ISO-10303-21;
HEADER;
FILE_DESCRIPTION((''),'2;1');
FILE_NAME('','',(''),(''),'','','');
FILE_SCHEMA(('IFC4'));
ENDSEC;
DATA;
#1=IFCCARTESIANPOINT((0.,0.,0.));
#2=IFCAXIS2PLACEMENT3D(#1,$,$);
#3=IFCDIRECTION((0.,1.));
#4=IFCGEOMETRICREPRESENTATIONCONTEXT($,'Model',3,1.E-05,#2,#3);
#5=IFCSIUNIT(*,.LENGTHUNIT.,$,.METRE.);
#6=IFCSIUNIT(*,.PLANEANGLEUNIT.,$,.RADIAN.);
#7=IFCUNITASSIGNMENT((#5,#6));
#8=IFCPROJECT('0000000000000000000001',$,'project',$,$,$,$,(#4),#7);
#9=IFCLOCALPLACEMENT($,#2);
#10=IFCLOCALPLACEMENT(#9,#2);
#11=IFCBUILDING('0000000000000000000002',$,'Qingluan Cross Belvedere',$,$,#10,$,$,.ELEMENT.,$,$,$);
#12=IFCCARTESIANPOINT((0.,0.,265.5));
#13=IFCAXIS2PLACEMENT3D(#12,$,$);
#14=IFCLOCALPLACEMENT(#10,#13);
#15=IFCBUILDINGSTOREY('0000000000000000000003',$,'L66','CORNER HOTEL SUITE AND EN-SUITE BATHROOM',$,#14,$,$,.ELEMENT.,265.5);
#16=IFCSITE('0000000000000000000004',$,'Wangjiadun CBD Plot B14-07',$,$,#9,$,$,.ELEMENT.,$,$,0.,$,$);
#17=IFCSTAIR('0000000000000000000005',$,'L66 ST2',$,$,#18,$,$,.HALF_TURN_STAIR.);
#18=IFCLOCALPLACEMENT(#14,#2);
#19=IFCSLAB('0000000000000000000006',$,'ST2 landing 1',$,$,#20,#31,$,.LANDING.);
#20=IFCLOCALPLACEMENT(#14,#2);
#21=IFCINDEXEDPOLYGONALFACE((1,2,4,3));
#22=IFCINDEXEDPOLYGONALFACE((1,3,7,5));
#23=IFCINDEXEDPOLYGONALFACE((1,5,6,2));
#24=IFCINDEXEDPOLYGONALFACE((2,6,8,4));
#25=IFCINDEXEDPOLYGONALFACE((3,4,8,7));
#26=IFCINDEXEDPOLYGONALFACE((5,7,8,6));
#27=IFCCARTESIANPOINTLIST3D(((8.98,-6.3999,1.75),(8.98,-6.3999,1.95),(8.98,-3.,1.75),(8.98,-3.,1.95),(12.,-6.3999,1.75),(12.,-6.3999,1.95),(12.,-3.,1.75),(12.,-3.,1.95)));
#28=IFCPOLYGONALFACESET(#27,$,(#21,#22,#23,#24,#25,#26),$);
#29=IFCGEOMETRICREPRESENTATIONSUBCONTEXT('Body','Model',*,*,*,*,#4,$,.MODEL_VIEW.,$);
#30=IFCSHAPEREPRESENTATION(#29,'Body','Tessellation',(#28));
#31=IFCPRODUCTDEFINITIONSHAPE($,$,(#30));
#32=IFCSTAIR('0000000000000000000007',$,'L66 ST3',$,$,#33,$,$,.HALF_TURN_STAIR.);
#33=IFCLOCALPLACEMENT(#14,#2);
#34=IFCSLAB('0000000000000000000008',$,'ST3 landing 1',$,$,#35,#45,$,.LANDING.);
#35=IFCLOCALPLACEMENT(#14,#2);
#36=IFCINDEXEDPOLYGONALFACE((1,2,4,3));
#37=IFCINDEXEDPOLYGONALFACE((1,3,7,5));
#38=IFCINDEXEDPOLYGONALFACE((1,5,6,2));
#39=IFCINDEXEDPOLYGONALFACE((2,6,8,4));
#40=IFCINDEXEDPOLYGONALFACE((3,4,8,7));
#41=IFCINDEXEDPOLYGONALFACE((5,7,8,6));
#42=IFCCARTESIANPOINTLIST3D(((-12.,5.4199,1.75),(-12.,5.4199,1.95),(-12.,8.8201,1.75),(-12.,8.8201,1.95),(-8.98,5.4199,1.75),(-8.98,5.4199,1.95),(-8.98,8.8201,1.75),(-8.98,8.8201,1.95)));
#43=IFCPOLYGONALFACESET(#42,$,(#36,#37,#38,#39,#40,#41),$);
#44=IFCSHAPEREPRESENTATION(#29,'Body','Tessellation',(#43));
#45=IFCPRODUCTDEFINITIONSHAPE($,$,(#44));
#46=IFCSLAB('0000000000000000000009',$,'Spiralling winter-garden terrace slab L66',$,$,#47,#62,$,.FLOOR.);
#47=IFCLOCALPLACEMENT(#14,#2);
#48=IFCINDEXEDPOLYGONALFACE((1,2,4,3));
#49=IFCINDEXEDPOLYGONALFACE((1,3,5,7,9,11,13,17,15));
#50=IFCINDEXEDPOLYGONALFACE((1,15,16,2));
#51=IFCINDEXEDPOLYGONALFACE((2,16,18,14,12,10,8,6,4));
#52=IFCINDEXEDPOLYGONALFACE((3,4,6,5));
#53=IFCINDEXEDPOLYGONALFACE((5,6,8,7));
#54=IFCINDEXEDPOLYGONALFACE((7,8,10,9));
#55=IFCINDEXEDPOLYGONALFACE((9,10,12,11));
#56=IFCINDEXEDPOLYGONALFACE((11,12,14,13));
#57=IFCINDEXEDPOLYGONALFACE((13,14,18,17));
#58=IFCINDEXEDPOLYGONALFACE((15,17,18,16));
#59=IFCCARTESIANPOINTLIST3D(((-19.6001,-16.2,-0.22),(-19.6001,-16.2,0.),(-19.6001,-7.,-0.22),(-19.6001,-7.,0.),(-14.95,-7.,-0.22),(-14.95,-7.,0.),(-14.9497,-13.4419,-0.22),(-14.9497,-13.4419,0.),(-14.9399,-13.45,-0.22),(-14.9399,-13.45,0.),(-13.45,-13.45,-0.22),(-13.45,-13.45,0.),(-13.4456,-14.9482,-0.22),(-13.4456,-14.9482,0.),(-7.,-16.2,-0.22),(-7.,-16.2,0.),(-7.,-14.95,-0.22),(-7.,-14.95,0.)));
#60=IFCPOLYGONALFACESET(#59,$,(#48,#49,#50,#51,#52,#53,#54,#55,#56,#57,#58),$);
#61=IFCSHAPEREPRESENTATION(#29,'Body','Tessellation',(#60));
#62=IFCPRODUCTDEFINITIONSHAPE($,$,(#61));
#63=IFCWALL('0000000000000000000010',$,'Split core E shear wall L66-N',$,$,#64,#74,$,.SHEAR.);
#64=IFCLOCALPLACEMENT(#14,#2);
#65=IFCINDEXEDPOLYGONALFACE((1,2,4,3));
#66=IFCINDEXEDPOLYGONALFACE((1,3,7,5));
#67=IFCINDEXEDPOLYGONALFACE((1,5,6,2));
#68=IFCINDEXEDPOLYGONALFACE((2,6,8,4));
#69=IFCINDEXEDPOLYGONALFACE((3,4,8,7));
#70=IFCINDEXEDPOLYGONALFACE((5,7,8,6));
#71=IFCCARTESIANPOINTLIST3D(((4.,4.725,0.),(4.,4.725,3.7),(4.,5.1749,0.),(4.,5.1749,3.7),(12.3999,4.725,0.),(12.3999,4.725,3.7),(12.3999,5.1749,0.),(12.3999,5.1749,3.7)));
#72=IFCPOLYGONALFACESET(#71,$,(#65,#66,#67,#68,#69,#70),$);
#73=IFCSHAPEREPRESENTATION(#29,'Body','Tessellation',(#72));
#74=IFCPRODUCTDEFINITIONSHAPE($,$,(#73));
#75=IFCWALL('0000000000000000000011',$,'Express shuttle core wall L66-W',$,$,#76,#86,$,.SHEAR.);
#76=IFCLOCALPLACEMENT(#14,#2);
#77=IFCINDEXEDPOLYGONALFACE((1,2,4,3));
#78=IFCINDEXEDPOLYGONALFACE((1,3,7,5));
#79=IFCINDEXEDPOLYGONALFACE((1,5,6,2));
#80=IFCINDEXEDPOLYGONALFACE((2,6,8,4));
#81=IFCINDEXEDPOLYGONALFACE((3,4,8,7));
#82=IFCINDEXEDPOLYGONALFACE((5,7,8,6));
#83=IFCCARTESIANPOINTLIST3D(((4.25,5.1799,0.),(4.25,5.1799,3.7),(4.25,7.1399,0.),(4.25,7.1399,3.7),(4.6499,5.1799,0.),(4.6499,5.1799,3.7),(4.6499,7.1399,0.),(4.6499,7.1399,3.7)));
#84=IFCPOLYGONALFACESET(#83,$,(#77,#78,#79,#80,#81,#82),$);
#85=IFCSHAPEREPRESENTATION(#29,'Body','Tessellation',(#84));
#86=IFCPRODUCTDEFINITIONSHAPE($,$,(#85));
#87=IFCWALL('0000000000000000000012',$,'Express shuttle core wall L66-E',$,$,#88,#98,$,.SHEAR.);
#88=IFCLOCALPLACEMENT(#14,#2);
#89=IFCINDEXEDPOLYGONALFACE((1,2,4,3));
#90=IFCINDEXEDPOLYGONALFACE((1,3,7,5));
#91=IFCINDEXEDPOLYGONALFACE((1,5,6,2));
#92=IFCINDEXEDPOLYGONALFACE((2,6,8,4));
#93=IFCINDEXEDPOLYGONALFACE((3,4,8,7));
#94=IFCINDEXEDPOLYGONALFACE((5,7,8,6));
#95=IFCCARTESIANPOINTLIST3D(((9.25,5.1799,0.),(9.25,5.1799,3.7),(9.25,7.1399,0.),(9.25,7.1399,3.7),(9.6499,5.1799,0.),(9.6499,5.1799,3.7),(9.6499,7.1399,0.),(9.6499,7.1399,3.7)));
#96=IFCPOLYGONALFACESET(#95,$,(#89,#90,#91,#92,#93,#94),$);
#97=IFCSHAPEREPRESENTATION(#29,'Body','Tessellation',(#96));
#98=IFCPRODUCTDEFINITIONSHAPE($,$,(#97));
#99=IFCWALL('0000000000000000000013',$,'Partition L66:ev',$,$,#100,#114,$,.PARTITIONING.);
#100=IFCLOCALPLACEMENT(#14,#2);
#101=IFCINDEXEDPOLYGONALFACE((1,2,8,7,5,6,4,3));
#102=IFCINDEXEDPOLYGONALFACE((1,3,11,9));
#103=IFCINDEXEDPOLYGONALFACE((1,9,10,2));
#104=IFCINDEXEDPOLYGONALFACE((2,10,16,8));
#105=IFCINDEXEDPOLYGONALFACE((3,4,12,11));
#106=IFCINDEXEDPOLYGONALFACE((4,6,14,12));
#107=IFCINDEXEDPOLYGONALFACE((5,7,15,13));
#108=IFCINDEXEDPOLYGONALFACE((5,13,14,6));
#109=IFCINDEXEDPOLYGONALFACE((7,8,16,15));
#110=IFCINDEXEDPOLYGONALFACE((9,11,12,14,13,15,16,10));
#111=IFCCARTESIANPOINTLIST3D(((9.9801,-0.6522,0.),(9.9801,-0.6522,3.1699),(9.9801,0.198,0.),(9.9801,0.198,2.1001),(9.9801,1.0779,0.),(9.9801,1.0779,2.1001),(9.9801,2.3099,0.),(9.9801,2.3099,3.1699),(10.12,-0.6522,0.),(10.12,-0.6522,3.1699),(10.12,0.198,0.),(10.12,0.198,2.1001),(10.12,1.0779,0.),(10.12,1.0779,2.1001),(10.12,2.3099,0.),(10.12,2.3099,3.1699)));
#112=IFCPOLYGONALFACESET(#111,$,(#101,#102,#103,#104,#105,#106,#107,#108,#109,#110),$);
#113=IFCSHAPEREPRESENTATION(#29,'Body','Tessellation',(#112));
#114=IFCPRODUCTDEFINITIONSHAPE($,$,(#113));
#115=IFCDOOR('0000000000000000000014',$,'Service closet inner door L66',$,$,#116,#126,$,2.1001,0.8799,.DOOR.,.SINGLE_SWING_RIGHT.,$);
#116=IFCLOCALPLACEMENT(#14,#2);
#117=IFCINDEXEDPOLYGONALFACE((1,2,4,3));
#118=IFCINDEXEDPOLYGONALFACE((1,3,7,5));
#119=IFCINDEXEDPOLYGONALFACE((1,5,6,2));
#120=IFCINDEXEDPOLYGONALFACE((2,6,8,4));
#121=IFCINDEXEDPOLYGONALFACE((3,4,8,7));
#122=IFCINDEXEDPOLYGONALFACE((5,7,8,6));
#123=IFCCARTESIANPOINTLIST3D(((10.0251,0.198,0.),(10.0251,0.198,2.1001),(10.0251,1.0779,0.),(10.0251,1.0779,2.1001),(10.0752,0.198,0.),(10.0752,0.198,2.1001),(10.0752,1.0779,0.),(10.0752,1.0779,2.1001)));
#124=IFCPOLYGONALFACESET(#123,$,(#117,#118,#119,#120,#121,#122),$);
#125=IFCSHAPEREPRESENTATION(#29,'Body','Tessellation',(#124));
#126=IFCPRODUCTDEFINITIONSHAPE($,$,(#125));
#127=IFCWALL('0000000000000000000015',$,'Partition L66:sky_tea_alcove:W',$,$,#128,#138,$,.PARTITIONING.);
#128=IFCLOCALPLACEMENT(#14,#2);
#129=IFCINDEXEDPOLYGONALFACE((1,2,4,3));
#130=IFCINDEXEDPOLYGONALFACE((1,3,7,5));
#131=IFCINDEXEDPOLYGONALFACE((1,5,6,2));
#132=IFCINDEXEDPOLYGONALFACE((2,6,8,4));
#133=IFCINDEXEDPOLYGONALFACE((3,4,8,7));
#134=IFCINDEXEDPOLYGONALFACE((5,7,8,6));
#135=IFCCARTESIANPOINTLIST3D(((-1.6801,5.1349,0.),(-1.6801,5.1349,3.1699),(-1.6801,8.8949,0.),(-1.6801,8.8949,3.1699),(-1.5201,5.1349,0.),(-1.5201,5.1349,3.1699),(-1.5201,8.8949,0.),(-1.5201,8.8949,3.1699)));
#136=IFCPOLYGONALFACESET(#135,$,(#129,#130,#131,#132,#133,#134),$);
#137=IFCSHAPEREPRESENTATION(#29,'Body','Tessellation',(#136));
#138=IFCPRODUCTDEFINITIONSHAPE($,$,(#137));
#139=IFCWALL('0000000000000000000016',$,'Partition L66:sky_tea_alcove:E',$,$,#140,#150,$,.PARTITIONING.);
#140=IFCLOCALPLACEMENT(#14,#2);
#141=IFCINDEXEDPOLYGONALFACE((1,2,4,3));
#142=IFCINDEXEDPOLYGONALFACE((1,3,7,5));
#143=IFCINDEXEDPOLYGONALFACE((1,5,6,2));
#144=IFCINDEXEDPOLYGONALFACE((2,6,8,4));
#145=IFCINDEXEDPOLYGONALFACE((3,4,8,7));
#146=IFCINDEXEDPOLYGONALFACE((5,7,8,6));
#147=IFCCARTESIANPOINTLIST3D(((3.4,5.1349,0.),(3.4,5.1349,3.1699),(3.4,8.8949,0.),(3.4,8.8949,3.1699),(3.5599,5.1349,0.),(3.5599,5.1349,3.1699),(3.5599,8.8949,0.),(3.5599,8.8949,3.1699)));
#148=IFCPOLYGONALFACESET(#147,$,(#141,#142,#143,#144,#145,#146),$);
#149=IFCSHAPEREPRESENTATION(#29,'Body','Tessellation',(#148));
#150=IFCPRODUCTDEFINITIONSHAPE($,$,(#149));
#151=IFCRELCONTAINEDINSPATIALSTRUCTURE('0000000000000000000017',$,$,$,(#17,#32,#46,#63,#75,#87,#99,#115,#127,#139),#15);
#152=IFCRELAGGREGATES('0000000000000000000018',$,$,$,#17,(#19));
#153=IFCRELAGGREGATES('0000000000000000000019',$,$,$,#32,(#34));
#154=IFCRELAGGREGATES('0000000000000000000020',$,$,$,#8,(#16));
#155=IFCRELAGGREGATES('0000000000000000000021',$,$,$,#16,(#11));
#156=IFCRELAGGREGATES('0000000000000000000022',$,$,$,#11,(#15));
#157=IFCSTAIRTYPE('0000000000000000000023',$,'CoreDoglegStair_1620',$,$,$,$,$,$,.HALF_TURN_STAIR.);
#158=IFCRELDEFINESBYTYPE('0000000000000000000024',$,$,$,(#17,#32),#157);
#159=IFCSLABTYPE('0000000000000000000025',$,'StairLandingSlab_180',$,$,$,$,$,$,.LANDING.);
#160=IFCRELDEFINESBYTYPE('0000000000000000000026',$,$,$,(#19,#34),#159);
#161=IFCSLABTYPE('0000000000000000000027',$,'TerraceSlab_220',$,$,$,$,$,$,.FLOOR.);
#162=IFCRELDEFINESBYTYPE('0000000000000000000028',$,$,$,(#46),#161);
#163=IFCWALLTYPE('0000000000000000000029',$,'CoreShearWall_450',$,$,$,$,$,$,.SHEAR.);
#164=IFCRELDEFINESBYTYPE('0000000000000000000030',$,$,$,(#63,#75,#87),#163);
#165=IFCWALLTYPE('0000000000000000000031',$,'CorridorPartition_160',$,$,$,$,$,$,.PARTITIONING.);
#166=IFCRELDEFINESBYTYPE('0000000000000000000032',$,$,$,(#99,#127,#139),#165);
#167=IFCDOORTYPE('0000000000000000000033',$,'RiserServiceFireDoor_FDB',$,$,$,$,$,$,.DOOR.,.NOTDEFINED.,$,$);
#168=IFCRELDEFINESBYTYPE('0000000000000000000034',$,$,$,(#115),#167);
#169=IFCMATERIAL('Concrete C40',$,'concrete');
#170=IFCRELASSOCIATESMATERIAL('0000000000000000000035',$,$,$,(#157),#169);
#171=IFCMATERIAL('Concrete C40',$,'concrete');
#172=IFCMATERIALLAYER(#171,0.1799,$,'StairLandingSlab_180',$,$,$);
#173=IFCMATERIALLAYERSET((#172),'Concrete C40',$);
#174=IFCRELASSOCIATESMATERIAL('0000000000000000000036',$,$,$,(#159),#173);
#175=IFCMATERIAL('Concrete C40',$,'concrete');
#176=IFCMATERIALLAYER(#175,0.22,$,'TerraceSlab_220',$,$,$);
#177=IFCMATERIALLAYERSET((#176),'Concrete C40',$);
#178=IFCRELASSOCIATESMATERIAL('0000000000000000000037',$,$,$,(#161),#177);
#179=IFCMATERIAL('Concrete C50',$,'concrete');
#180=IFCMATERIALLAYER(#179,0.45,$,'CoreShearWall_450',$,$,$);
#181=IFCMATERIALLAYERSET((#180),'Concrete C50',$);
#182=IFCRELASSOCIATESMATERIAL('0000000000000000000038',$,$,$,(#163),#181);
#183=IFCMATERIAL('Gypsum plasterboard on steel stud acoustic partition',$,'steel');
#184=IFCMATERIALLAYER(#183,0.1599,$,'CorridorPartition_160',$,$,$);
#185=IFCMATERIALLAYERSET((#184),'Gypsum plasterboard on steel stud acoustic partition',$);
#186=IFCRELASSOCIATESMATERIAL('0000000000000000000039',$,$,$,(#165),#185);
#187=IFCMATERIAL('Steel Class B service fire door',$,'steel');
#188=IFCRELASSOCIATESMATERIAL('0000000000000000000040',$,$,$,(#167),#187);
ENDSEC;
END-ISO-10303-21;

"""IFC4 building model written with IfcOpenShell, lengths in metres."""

from ifc_helpers import new_model, si_unit, direction, frame, frame_2d, origin, place, context, subcontext, project, spatial, polyline, rectangle, outline, extrude, material, layer, layer_set, type_object, element, fill, aggregate, save


model = new_model("IFC4")

# Units and contexts
model_context = context("Model", 3, precision=1e-05, world=origin(), true_north=direction((0.0, 1.0)))
body_context = subcontext(model_context, "Body", "Model", "MODEL_VIEW")
ifc_project = project(units=[si_unit("LENGTHUNIT", "METRE"), si_unit("PLANEANGLEUNIT", "RADIAN")], contexts=[model_context])

# Site, building, storey
site_placement = place(None, origin())
site = spatial("IfcSite", under=ifc_project, at=site_placement, Name="Wangjiadun CBD Plot B14-07", CompositionType="ELEMENT", RefElevation=0.0)
building_placement = place(site_placement, origin())
building = spatial("IfcBuilding", under=site, at=building_placement, Name="Qingluan Cross Belvedere", CompositionType="ELEMENT")
storey_placement = place(building_placement, frame((0.0, 0.0, 265.5)))
storey = spatial("IfcBuildingStorey", under=building, at=storey_placement, Name="L66", Description="CORNER HOTEL SUITE AND EN-SUITE BATHROOM", CompositionType="ELEMENT", Elevation=265.5)

# Stairs, slabs
ifc_material_1 = material(Name="Concrete C40", Category="concrete")
stair_type = type_object("IfcStairType", Name="CoreDoglegStair_1620", PredefinedType="HALF_TURN_STAIR", material=ifc_material_1)
ifc_material_2 = material(Name="Concrete C40", Category="concrete")
ifc_layer_1 = layer(ifc_material_2, 0.1799, Name="StairLandingSlab_180")
ifc_layer_set_1 = layer_set([ifc_layer_1], Name="Concrete C40")
slab_type_1 = type_object("IfcSlabType", Name="StairLandingSlab_180", PredefinedType="LANDING", material=ifc_layer_set_1)
stair_1_placement = place(storey_placement, origin())
stair_1 = element("IfcStair", 1, at=stair_1_placement, inside=storey, type_object=stair_type, Name="L66 ST2", PredefinedType="HALF_TURN_STAIR")
slab_1_placement = place(storey_placement, frame((0.0, 0.0, 1.75)))
slab_1 = element("IfcSlab", 2, at=slab_1_placement, type_object=slab_type_1, Name="ST2 landing 1", PredefinedType="LANDING", context=body_context, shape_type="SweptSolid", body=[
    extrude(outline(polyline([(8.98, -6.3999), (12.0, -6.3999), (12.0, -3.0), (8.98, -3.0), (8.98, -6.3999)])), origin(), (0.0, 0.0, 1.0), 0.2),
])
aggregate(stair_1, [slab_1])
stair_2_placement = place(storey_placement, origin())
stair_2 = element("IfcStair", 3, at=stair_2_placement, inside=storey, type_object=stair_type, Name="L66 ST3", PredefinedType="HALF_TURN_STAIR")
slab_2_placement = place(storey_placement, frame((0.0, 0.0, 1.75)))
slab_2 = element("IfcSlab", 4, at=slab_2_placement, type_object=slab_type_1, Name="ST3 landing 1", PredefinedType="LANDING", context=body_context, shape_type="SweptSolid", body=[
    extrude(outline(polyline([(-8.98, 8.8201), (-12.0, 8.8201), (-12.0, 5.4199), (-8.98, 5.4199), (-8.98, 8.8201)])), origin(), (0.0, 0.0, 1.0), 0.2),
])
aggregate(stair_2, [slab_2])

# Slab
ifc_material_3 = material(Name="Concrete C40", Category="concrete")
ifc_layer_2 = layer(ifc_material_3, 0.22, Name="TerraceSlab_220")
ifc_layer_set_2 = layer_set([ifc_layer_2], Name="Concrete C40")
slab_type_2 = type_object("IfcSlabType", Name="TerraceSlab_220", PredefinedType="FLOOR", material=ifc_layer_set_2)
slab_3_placement = place(storey_placement, frame((0.0, 0.0, -0.22)))
element("IfcSlab", 5, at=slab_3_placement, inside=storey, type_object=slab_type_2, Name="Spiralling winter-garden terrace slab L66", PredefinedType="FLOOR", context=body_context, shape_type="SweptSolid", body=[
    extrude(outline(polyline([(-7.0, -14.95), (-13.4456, -14.9482), (-13.45, -13.45), (-14.9399, -13.45), (-14.9497, -13.4419), (-14.95, -7.0), (-19.6001, -7.0), (-19.6001, -16.2), (-7.0, -16.2), (-7.0, -14.95)])), origin(), (0.0, 0.0, 1.0), 0.22),
])

# Walls
ifc_material_4 = material(Name="Concrete C50", Category="concrete")
ifc_layer_3 = layer(ifc_material_4, 0.45, Name="CoreShearWall_450")
ifc_layer_set_3 = layer_set([ifc_layer_3], Name="Concrete C50")
wall_type_1 = type_object("IfcWallType", Name="CoreShearWall_450", PredefinedType="SHEAR", material=ifc_layer_set_3)
wall_1_placement = place(storey_placement, frame((4.0, 4.95, 0.0), z_axis=(0.0, 0.0, 1.0), x_axis=(1.0, 0.0, 0.0)))
element("IfcWall", 6, at=wall_1_placement, inside=storey, type_object=wall_type_1, Name="Split core E shear wall L66-N", PredefinedType="SHEAR", context=body_context, shape_type="SweptSolid", body=[
    extrude(rectangle(XDim=8.3999, YDim=0.45, at=frame_2d((4.2, 0.0))), origin(), (0.0, 0.0, 1.0), 3.7),
])
for number, where, z_axis, x_axis, name in (
    (7, (4.45, 5.1799, 0.0), (0.0, 0.0, 1.0), (0.0, 1.0, 0.0), "Express shuttle core wall L66-W"),
    (8, (9.45, 5.1799, 0.0), (0.0, 0.0, 1.0), (0.0, 1.0, 0.0), "Express shuttle core wall L66-E"),
):
    element("IfcWall", number, at=place(storey_placement, frame(where, z_axis=z_axis, x_axis=x_axis)), inside=storey, type_object=wall_type_1, Name=name, PredefinedType="SHEAR", context=body_context, shape_type="SweptSolid", body=[
        extrude(rectangle(XDim=1.96, YDim=0.3999, at=frame_2d((0.98, 0.0))), origin(), (0.0, 0.0, 1.0), 3.7),
    ])

# Wall, opening, door
ifc_material_5 = material(Name="Gypsum plasterboard on steel stud acoustic partition", Category="steel")
ifc_layer_4 = layer(ifc_material_5, 0.1599, Name="CorridorPartition_160")
ifc_layer_set_4 = layer_set([ifc_layer_4], Name="Gypsum plasterboard on steel stud acoustic partition")
wall_type_2 = type_object("IfcWallType", Name="CorridorPartition_160", PredefinedType="PARTITIONING", material=ifc_layer_set_4)
wall_2_placement = place(storey_placement, frame((10.05, -0.6521, 0.0), z_axis=(0.0, 0.0, 1.0), x_axis=(0.0, 1.0, 0.0)))
wall_2 = element("IfcWall", 9, at=wall_2_placement, inside=storey, type_object=wall_type_2, Name="Partition L66:ev", PredefinedType="PARTITIONING", context=body_context, shape_type="SweptSolid", body=[
    extrude(rectangle(XDim=2.9622, YDim=0.1399, at=frame_2d((1.481, 0.0))), origin(), (0.0, 0.0, 1.0), 3.1699),
])
opening_1_placement = place(wall_2_placement, frame((0.8501, 0.0, 0.0)))
opening_1 = element("IfcOpeningElement", 10, at=opening_1_placement, cuts=wall_2, PredefinedType="OPENING", context=body_context, shape_type="SweptSolid", body=[
    extrude(rectangle(XDim=0.8799, YDim=2.1001, at=frame_2d((0.4399, 1.05))), frame((0.0, 0.0798, 0.0), z_axis=(0.0, -1.0, 0.0), x_axis=(1.0, 0.0, 0.0)), (0.0, 0.0, 1.0), 0.1599),
])
ifc_material_6 = material(Name="Steel Class B service fire door", Category="steel")
door_type_1 = type_object("IfcDoorType", Name="RiserServiceFireDoor_FDB", OperationType="NOTDEFINED", PredefinedType="DOOR", material=ifc_material_6)
door_1_placement = place(opening_1_placement, origin())
door_1 = element("IfcDoor", 11, at=door_1_placement, inside=storey, type_object=door_type_1, Name="Service closet inner door L66", OperationType="SINGLE_SWING_RIGHT", OverallHeight=2.1001, OverallWidth=0.8799, PredefinedType="DOOR", context=body_context, shape_type="SweptSolid", body=[
    extrude(rectangle(XDim=0.8799, YDim=2.1001, at=frame_2d((0.4399, 1.05))), frame((0.0, 0.0249, 0.0), z_axis=(0.0, -1.0, 0.0), x_axis=(1.0, 0.0, 0.0)), (0.0, 0.0, 1.0), 0.05),
])
fill(opening_1, door_1)

# Walls
for number, where, z_axis, x_axis, name in (
    (12, (-1.6001, 5.135, 0.0), (0.0, 0.0, 1.0), (0.0, 1.0, 0.0), "Partition L66:sky_tea_alcove:W"),
    (13, (3.48, 5.135, 0.0), (0.0, 0.0, 1.0), (0.0, 1.0, 0.0), "Partition L66:sky_tea_alcove:E"),
):
    element("IfcWall", number, at=place(storey_placement, frame(where, z_axis=z_axis, x_axis=x_axis)), inside=storey, type_object=wall_type_2, Name=name, PredefinedType="PARTITIONING", context=body_context, shape_type="SweptSolid", body=[
        extrude(rectangle(XDim=3.76, YDim=0.1599, at=frame_2d((1.8799, 0.0))), origin(), (0.0, 0.0, 1.0), 3.1699),
    ])

save(model, "model.ifc")
